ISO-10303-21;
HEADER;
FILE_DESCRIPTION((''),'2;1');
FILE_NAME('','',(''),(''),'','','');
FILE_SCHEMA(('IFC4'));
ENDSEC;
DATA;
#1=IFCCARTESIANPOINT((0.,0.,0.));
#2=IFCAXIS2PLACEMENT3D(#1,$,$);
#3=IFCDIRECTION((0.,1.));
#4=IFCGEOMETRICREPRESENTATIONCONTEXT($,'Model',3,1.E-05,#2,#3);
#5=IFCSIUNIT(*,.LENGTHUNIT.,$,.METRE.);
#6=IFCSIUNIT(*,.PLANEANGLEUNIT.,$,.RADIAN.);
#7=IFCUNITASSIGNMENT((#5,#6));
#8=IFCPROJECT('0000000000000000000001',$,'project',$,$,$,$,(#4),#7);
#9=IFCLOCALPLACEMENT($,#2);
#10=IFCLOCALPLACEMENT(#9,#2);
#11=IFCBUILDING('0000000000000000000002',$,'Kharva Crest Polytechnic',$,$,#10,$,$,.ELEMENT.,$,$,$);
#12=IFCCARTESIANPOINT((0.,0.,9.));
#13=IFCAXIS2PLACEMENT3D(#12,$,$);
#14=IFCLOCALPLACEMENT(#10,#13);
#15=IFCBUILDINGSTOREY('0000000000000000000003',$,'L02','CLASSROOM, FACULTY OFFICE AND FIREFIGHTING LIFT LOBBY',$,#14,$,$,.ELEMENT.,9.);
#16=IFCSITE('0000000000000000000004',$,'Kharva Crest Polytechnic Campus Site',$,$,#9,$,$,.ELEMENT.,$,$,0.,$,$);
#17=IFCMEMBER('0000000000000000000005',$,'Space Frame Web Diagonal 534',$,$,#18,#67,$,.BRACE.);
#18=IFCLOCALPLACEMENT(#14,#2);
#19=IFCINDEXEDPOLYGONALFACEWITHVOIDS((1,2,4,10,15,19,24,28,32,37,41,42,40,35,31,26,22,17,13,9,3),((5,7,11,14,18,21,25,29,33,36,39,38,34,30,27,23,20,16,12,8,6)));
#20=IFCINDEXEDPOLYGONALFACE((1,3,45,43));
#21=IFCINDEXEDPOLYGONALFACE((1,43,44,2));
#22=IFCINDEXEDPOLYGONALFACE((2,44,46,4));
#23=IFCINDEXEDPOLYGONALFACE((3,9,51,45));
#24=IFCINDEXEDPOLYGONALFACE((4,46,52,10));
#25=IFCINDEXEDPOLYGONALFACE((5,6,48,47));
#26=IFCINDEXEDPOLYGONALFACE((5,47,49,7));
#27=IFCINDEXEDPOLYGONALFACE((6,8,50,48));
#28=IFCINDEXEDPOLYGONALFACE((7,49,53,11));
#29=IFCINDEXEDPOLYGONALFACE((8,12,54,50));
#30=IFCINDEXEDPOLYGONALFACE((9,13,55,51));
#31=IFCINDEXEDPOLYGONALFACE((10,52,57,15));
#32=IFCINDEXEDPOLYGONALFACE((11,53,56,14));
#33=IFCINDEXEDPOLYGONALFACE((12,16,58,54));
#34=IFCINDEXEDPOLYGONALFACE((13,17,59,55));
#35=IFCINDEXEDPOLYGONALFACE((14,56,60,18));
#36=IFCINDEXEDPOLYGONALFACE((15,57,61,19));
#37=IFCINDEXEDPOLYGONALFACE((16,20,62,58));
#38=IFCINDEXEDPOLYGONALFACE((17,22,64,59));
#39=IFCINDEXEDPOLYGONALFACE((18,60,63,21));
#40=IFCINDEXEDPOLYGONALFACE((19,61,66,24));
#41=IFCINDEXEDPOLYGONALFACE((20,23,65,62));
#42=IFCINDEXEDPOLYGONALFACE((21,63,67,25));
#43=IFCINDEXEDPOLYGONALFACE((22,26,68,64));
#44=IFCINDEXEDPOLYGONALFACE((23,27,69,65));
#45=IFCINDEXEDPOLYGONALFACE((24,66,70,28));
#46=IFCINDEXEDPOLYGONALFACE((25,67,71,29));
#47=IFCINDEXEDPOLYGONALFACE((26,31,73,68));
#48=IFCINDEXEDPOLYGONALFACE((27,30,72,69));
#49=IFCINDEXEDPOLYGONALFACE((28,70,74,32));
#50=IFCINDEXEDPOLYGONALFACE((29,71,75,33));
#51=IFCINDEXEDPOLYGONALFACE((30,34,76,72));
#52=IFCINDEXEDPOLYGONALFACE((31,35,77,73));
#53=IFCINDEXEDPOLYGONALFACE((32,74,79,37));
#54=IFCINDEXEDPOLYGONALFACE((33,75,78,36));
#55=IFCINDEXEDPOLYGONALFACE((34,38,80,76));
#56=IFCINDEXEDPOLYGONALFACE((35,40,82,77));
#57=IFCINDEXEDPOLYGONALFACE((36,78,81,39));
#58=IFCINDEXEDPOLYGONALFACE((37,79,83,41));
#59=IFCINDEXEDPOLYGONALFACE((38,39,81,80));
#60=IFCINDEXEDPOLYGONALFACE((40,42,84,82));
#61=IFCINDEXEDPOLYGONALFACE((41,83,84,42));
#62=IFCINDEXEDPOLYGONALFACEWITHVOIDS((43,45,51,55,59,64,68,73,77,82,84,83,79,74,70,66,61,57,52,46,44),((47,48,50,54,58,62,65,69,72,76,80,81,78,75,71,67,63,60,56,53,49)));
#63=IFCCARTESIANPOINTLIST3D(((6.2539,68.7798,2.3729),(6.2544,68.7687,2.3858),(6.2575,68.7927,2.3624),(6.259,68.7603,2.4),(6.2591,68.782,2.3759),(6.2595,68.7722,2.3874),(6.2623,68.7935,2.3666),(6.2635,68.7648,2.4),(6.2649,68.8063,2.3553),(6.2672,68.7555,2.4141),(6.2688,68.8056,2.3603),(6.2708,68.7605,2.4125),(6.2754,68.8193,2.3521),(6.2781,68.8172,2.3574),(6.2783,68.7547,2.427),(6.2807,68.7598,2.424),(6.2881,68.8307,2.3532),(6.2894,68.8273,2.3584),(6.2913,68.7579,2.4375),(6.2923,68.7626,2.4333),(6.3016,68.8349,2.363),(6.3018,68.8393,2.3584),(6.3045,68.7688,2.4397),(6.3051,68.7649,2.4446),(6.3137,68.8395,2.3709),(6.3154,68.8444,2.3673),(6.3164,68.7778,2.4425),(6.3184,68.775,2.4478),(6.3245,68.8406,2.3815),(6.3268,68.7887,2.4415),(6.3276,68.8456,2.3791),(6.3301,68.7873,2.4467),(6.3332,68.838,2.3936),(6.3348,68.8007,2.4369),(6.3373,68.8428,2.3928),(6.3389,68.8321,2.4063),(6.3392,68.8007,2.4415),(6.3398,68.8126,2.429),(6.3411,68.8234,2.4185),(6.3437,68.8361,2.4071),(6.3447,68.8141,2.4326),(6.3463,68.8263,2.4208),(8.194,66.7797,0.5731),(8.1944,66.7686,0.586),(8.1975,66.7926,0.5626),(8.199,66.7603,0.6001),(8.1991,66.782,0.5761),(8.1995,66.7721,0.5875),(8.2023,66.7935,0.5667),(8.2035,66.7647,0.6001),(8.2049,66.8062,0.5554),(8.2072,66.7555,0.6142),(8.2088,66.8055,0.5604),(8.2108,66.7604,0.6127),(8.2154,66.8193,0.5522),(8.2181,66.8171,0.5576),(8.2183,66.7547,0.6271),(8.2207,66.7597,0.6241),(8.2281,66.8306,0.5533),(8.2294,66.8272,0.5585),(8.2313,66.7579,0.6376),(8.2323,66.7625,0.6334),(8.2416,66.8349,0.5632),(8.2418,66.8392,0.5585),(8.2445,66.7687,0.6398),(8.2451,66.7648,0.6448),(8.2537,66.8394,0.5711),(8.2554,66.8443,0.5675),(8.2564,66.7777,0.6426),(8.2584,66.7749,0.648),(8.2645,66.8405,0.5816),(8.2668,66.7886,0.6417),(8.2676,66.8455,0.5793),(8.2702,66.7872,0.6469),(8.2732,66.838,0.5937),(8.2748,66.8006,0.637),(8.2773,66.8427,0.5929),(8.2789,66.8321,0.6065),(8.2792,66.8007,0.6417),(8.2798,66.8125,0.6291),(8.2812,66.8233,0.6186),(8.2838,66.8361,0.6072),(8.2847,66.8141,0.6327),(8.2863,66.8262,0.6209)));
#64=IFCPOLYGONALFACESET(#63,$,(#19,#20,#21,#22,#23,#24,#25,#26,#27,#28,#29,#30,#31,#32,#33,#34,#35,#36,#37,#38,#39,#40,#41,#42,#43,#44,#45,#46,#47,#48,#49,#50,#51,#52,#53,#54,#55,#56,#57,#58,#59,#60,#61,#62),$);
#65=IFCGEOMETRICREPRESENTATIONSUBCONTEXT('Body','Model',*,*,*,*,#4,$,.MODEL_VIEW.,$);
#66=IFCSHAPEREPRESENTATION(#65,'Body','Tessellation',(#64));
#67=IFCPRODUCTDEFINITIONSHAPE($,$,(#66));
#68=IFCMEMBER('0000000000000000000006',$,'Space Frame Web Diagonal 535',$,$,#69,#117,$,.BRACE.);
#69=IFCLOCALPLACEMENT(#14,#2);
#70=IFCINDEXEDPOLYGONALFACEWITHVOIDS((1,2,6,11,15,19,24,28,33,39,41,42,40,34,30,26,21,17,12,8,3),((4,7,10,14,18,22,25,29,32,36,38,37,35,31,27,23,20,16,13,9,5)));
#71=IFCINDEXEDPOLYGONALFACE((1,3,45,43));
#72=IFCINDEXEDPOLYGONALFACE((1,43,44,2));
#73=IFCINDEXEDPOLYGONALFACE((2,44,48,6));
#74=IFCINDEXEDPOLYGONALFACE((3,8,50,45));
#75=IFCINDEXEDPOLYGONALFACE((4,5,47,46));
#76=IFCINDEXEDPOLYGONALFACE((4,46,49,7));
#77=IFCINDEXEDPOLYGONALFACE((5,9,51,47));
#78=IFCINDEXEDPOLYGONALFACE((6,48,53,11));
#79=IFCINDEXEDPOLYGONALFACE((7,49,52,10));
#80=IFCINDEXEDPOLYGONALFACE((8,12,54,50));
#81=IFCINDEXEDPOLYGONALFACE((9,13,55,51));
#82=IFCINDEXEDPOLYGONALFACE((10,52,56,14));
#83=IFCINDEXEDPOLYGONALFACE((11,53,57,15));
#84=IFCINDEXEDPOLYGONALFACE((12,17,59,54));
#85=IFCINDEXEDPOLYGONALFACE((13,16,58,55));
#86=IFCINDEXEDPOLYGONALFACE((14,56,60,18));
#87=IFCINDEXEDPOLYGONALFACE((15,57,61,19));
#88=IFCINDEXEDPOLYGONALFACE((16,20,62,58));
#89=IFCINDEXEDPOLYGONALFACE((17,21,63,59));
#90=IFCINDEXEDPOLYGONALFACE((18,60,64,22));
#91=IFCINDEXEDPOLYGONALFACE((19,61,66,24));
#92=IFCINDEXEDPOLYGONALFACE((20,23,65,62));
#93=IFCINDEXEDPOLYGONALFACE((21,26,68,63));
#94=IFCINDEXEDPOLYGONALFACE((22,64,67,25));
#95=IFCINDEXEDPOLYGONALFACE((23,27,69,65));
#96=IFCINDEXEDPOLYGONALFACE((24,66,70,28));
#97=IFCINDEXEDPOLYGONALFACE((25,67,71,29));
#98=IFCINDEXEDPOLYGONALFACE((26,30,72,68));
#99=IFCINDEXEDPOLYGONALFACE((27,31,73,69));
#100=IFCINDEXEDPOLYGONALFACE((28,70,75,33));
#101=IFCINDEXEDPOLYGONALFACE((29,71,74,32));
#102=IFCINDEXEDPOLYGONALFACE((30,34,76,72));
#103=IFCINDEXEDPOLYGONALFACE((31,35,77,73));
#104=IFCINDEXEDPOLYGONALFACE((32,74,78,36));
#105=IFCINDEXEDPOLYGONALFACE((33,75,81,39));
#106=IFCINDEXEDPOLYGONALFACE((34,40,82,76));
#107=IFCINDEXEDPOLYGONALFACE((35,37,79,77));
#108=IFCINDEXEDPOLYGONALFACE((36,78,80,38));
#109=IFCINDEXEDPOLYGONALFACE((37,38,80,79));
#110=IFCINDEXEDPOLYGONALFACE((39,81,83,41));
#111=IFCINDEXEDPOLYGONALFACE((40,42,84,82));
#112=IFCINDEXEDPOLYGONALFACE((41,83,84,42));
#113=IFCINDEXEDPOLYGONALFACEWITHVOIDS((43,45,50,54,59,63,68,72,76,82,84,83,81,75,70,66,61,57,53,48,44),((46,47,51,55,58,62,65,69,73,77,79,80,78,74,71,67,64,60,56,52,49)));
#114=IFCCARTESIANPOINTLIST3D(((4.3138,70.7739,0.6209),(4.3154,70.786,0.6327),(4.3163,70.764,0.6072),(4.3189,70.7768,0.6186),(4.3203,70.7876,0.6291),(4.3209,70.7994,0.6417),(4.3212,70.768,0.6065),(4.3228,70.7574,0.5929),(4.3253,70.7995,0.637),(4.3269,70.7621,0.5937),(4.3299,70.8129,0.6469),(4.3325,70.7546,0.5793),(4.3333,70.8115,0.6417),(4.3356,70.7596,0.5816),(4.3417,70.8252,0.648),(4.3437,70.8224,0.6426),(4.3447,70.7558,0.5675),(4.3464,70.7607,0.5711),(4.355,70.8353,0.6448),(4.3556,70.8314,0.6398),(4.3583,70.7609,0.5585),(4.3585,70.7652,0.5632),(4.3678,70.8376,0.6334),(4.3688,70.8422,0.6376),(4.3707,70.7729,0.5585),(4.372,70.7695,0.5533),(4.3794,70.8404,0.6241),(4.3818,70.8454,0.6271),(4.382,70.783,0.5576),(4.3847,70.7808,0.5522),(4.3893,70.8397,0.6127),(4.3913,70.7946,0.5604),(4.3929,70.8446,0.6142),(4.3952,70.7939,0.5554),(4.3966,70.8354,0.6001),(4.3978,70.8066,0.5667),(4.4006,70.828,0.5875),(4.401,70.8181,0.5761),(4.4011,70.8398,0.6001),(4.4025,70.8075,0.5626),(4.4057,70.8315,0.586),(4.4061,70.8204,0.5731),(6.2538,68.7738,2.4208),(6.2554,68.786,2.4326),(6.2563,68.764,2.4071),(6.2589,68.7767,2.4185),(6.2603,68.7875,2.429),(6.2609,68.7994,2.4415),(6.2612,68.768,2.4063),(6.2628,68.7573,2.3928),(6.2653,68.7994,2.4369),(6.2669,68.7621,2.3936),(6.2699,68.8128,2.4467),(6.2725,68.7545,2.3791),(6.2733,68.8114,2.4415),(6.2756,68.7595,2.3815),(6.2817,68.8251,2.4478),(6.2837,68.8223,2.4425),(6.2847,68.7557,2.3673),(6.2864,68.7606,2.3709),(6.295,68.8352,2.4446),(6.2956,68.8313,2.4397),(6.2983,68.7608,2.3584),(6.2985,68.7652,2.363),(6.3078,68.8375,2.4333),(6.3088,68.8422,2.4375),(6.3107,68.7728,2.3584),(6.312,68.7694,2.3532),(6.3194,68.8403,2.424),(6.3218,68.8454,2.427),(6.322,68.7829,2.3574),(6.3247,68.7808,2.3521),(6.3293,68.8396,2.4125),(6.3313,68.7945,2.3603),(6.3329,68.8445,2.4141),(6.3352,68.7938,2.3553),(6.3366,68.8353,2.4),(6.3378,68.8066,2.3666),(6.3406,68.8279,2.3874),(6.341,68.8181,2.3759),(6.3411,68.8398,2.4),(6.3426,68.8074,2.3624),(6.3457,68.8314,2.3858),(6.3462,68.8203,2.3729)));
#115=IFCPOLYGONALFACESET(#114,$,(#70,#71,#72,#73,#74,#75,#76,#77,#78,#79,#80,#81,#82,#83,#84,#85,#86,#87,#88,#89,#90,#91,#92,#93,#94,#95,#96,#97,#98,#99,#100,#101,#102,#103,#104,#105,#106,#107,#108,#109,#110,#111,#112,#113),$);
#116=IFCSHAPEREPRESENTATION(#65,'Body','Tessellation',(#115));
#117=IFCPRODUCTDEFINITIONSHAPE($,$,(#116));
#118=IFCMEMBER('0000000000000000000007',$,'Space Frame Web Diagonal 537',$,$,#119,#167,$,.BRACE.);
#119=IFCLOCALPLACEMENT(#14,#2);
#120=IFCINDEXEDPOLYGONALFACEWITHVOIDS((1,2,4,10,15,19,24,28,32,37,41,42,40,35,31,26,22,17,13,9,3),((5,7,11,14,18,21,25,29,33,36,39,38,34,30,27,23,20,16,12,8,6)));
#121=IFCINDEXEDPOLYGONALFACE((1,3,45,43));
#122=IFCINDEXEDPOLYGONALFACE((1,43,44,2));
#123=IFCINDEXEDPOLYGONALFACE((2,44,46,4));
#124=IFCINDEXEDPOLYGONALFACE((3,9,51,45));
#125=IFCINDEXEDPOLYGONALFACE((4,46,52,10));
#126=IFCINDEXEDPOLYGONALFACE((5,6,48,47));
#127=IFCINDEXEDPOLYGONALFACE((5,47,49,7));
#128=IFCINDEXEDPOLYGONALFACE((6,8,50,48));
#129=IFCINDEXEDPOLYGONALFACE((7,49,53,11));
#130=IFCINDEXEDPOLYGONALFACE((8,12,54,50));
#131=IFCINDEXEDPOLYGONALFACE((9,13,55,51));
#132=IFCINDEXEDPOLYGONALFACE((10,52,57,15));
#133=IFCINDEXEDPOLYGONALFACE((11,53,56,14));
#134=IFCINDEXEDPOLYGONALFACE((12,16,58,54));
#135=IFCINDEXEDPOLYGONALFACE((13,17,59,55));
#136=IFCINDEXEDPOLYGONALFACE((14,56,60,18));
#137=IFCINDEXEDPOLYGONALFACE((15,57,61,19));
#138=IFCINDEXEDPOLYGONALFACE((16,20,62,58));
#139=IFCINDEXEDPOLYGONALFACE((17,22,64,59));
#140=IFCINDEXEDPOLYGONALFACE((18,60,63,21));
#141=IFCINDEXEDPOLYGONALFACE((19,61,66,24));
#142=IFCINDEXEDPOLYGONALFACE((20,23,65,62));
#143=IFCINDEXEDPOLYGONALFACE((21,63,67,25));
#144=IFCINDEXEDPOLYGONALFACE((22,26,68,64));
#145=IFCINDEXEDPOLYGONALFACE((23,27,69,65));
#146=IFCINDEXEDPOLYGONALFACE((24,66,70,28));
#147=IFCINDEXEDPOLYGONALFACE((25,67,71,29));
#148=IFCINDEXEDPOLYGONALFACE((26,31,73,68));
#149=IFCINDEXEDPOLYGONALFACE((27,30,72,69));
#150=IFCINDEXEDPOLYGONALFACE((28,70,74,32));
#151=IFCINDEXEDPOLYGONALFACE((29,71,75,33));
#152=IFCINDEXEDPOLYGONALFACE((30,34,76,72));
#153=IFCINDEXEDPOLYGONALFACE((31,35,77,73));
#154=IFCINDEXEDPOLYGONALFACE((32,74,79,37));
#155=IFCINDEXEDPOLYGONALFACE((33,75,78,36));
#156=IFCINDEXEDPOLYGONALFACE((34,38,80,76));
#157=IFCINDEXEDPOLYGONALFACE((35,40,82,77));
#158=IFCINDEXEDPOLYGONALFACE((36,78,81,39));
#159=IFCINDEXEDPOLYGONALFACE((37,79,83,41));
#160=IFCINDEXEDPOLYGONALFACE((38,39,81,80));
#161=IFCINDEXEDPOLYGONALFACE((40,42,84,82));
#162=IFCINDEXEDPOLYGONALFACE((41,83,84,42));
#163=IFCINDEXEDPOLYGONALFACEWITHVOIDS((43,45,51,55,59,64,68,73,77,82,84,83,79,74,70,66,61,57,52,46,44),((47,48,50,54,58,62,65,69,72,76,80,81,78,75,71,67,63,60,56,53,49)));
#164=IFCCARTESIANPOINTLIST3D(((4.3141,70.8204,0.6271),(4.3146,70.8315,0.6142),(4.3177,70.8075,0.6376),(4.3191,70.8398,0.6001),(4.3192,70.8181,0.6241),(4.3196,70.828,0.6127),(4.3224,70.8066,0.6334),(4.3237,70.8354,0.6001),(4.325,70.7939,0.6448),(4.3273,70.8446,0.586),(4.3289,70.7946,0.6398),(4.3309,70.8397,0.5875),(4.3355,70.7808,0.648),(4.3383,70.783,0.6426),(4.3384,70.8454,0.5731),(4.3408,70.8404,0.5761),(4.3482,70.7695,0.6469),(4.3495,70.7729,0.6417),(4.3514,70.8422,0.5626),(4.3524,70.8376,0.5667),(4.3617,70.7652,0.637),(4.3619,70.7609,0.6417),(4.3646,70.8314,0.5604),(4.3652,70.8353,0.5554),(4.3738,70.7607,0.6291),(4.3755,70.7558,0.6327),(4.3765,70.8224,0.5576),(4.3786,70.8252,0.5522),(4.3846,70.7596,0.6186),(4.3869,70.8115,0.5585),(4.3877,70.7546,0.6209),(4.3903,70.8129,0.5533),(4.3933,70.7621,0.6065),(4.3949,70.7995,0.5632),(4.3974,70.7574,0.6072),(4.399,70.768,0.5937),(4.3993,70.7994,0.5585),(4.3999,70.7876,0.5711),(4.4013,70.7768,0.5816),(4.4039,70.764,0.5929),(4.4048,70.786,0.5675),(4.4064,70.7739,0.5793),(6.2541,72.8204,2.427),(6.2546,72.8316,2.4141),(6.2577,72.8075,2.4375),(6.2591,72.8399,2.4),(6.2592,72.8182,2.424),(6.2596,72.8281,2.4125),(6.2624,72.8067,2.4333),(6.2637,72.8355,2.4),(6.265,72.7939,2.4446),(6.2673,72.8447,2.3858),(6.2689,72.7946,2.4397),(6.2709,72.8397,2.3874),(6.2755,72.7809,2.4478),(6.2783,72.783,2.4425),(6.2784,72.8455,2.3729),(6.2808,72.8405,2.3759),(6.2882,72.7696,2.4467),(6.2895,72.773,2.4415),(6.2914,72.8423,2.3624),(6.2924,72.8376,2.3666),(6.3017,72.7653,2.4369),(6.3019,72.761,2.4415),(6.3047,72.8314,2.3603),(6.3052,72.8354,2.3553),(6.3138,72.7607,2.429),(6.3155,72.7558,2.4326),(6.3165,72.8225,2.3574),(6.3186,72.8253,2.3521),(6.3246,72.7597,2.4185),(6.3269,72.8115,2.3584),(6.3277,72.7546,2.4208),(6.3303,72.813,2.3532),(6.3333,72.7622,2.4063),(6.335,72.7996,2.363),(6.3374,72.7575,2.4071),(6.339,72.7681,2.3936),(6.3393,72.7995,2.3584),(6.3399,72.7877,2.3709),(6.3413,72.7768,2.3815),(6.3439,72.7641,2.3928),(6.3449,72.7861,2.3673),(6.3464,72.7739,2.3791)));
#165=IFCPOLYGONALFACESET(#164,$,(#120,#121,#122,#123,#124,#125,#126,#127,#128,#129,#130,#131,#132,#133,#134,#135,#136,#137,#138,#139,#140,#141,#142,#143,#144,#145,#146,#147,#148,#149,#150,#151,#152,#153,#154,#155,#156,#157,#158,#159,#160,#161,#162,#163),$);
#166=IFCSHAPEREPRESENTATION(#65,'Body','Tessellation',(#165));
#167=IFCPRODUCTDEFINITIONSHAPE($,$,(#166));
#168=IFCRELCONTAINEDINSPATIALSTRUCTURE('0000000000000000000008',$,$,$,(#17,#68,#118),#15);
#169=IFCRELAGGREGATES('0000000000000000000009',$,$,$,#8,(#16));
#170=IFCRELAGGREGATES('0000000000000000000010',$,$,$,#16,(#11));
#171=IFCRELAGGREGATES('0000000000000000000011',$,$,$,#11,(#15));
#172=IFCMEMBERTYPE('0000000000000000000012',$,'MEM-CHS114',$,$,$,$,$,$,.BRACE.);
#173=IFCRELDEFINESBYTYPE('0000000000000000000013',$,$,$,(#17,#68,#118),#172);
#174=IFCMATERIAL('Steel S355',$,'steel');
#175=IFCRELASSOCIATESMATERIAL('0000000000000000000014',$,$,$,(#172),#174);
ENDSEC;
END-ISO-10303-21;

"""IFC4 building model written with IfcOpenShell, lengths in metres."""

from ifc_helpers import new_model, si_unit, direction, frame, origin, origin_2d, place, context, subcontext, project, spatial, hollow_circle, extrude, material, material_profile, profile_set, type_object, element, save


model = new_model("IFC4")

# Units and contexts
model_context = context("Model", 3, precision=1e-05, world=origin(), true_north=direction((0.0, 1.0)))
body_context = subcontext(model_context, "Body", "Model", "MODEL_VIEW")
ifc_project = project(units=[si_unit("LENGTHUNIT", "METRE"), si_unit("PLANEANGLEUNIT", "RADIAN")], contexts=[model_context])

# Site, building, storey
site_placement = place(None, origin())
site = spatial("IfcSite", under=ifc_project, at=site_placement, Name="Kharva Crest Polytechnic Campus Site", CompositionType="ELEMENT", RefElevation=0.0)
building_placement = place(site_placement, origin())
building = spatial("IfcBuilding", under=site, at=building_placement, Name="Kharva Crest Polytechnic", CompositionType="ELEMENT")
storey_placement = place(building_placement, frame((0.0, 0.0, 9.0)))
storey = spatial("IfcBuildingStorey", under=building, at=storey_placement, Name="L02", Description="CLASSROOM, FACULTY OFFICE AND FIREFIGHTING LIFT LOBBY", CompositionType="ELEMENT", Elevation=9.0)

# Shared definitions
ifc_material_1 = material(Name="Steel S355", Category="steel")

# Members
ifc_material_profile_1 = material_profile(ifc_material_1, hollow_circle(Radius=0.0571, WallThickness=0.0063, at=origin_2d()), Name="CHS 114.3X6.3")
ifc_profile_set_1 = profile_set([ifc_material_profile_1], Name="Steel S355")
member_type_1 = type_object("IfcMemberType", Name="MEM-CHS114", PredefinedType="BRACE", material=ifc_profile_set_1)
for number, where, z_axis, x_axis, name in (
    (1, (8.24, 66.8, 0.6001), (-0.584843, 0.60295, 0.542596), (-0.717802, -0.696247, 0.0), "Space Frame Web Diagonal 534"),
    (2, (4.3601, 70.8, 0.6001), (0.584843, -0.60295, 0.542596), (0.717802, 0.696247, 0.0), "Space Frame Web Diagonal 535"),
    (3, (4.3601, 70.8, 0.6001), (0.584843, 0.60295, 0.542596), (-0.717802, 0.696247, 0.0), "Space Frame Web Diagonal 537"),
):
    element("IfcMember", number, at=place(storey_placement, frame(where, z_axis=z_axis, x_axis=x_axis)), inside=storey, type_object=member_type_1, Name=name, PredefinedType="BRACE", context=body_context, shape_type="SweptSolid", body=[
        extrude(hollow_circle(Radius=0.0571, WallThickness=0.0063, at=origin_2d()), origin(), (0.0, 0.0, 1.0), 3.3171),
    ])

save(model, "model.ifc")
